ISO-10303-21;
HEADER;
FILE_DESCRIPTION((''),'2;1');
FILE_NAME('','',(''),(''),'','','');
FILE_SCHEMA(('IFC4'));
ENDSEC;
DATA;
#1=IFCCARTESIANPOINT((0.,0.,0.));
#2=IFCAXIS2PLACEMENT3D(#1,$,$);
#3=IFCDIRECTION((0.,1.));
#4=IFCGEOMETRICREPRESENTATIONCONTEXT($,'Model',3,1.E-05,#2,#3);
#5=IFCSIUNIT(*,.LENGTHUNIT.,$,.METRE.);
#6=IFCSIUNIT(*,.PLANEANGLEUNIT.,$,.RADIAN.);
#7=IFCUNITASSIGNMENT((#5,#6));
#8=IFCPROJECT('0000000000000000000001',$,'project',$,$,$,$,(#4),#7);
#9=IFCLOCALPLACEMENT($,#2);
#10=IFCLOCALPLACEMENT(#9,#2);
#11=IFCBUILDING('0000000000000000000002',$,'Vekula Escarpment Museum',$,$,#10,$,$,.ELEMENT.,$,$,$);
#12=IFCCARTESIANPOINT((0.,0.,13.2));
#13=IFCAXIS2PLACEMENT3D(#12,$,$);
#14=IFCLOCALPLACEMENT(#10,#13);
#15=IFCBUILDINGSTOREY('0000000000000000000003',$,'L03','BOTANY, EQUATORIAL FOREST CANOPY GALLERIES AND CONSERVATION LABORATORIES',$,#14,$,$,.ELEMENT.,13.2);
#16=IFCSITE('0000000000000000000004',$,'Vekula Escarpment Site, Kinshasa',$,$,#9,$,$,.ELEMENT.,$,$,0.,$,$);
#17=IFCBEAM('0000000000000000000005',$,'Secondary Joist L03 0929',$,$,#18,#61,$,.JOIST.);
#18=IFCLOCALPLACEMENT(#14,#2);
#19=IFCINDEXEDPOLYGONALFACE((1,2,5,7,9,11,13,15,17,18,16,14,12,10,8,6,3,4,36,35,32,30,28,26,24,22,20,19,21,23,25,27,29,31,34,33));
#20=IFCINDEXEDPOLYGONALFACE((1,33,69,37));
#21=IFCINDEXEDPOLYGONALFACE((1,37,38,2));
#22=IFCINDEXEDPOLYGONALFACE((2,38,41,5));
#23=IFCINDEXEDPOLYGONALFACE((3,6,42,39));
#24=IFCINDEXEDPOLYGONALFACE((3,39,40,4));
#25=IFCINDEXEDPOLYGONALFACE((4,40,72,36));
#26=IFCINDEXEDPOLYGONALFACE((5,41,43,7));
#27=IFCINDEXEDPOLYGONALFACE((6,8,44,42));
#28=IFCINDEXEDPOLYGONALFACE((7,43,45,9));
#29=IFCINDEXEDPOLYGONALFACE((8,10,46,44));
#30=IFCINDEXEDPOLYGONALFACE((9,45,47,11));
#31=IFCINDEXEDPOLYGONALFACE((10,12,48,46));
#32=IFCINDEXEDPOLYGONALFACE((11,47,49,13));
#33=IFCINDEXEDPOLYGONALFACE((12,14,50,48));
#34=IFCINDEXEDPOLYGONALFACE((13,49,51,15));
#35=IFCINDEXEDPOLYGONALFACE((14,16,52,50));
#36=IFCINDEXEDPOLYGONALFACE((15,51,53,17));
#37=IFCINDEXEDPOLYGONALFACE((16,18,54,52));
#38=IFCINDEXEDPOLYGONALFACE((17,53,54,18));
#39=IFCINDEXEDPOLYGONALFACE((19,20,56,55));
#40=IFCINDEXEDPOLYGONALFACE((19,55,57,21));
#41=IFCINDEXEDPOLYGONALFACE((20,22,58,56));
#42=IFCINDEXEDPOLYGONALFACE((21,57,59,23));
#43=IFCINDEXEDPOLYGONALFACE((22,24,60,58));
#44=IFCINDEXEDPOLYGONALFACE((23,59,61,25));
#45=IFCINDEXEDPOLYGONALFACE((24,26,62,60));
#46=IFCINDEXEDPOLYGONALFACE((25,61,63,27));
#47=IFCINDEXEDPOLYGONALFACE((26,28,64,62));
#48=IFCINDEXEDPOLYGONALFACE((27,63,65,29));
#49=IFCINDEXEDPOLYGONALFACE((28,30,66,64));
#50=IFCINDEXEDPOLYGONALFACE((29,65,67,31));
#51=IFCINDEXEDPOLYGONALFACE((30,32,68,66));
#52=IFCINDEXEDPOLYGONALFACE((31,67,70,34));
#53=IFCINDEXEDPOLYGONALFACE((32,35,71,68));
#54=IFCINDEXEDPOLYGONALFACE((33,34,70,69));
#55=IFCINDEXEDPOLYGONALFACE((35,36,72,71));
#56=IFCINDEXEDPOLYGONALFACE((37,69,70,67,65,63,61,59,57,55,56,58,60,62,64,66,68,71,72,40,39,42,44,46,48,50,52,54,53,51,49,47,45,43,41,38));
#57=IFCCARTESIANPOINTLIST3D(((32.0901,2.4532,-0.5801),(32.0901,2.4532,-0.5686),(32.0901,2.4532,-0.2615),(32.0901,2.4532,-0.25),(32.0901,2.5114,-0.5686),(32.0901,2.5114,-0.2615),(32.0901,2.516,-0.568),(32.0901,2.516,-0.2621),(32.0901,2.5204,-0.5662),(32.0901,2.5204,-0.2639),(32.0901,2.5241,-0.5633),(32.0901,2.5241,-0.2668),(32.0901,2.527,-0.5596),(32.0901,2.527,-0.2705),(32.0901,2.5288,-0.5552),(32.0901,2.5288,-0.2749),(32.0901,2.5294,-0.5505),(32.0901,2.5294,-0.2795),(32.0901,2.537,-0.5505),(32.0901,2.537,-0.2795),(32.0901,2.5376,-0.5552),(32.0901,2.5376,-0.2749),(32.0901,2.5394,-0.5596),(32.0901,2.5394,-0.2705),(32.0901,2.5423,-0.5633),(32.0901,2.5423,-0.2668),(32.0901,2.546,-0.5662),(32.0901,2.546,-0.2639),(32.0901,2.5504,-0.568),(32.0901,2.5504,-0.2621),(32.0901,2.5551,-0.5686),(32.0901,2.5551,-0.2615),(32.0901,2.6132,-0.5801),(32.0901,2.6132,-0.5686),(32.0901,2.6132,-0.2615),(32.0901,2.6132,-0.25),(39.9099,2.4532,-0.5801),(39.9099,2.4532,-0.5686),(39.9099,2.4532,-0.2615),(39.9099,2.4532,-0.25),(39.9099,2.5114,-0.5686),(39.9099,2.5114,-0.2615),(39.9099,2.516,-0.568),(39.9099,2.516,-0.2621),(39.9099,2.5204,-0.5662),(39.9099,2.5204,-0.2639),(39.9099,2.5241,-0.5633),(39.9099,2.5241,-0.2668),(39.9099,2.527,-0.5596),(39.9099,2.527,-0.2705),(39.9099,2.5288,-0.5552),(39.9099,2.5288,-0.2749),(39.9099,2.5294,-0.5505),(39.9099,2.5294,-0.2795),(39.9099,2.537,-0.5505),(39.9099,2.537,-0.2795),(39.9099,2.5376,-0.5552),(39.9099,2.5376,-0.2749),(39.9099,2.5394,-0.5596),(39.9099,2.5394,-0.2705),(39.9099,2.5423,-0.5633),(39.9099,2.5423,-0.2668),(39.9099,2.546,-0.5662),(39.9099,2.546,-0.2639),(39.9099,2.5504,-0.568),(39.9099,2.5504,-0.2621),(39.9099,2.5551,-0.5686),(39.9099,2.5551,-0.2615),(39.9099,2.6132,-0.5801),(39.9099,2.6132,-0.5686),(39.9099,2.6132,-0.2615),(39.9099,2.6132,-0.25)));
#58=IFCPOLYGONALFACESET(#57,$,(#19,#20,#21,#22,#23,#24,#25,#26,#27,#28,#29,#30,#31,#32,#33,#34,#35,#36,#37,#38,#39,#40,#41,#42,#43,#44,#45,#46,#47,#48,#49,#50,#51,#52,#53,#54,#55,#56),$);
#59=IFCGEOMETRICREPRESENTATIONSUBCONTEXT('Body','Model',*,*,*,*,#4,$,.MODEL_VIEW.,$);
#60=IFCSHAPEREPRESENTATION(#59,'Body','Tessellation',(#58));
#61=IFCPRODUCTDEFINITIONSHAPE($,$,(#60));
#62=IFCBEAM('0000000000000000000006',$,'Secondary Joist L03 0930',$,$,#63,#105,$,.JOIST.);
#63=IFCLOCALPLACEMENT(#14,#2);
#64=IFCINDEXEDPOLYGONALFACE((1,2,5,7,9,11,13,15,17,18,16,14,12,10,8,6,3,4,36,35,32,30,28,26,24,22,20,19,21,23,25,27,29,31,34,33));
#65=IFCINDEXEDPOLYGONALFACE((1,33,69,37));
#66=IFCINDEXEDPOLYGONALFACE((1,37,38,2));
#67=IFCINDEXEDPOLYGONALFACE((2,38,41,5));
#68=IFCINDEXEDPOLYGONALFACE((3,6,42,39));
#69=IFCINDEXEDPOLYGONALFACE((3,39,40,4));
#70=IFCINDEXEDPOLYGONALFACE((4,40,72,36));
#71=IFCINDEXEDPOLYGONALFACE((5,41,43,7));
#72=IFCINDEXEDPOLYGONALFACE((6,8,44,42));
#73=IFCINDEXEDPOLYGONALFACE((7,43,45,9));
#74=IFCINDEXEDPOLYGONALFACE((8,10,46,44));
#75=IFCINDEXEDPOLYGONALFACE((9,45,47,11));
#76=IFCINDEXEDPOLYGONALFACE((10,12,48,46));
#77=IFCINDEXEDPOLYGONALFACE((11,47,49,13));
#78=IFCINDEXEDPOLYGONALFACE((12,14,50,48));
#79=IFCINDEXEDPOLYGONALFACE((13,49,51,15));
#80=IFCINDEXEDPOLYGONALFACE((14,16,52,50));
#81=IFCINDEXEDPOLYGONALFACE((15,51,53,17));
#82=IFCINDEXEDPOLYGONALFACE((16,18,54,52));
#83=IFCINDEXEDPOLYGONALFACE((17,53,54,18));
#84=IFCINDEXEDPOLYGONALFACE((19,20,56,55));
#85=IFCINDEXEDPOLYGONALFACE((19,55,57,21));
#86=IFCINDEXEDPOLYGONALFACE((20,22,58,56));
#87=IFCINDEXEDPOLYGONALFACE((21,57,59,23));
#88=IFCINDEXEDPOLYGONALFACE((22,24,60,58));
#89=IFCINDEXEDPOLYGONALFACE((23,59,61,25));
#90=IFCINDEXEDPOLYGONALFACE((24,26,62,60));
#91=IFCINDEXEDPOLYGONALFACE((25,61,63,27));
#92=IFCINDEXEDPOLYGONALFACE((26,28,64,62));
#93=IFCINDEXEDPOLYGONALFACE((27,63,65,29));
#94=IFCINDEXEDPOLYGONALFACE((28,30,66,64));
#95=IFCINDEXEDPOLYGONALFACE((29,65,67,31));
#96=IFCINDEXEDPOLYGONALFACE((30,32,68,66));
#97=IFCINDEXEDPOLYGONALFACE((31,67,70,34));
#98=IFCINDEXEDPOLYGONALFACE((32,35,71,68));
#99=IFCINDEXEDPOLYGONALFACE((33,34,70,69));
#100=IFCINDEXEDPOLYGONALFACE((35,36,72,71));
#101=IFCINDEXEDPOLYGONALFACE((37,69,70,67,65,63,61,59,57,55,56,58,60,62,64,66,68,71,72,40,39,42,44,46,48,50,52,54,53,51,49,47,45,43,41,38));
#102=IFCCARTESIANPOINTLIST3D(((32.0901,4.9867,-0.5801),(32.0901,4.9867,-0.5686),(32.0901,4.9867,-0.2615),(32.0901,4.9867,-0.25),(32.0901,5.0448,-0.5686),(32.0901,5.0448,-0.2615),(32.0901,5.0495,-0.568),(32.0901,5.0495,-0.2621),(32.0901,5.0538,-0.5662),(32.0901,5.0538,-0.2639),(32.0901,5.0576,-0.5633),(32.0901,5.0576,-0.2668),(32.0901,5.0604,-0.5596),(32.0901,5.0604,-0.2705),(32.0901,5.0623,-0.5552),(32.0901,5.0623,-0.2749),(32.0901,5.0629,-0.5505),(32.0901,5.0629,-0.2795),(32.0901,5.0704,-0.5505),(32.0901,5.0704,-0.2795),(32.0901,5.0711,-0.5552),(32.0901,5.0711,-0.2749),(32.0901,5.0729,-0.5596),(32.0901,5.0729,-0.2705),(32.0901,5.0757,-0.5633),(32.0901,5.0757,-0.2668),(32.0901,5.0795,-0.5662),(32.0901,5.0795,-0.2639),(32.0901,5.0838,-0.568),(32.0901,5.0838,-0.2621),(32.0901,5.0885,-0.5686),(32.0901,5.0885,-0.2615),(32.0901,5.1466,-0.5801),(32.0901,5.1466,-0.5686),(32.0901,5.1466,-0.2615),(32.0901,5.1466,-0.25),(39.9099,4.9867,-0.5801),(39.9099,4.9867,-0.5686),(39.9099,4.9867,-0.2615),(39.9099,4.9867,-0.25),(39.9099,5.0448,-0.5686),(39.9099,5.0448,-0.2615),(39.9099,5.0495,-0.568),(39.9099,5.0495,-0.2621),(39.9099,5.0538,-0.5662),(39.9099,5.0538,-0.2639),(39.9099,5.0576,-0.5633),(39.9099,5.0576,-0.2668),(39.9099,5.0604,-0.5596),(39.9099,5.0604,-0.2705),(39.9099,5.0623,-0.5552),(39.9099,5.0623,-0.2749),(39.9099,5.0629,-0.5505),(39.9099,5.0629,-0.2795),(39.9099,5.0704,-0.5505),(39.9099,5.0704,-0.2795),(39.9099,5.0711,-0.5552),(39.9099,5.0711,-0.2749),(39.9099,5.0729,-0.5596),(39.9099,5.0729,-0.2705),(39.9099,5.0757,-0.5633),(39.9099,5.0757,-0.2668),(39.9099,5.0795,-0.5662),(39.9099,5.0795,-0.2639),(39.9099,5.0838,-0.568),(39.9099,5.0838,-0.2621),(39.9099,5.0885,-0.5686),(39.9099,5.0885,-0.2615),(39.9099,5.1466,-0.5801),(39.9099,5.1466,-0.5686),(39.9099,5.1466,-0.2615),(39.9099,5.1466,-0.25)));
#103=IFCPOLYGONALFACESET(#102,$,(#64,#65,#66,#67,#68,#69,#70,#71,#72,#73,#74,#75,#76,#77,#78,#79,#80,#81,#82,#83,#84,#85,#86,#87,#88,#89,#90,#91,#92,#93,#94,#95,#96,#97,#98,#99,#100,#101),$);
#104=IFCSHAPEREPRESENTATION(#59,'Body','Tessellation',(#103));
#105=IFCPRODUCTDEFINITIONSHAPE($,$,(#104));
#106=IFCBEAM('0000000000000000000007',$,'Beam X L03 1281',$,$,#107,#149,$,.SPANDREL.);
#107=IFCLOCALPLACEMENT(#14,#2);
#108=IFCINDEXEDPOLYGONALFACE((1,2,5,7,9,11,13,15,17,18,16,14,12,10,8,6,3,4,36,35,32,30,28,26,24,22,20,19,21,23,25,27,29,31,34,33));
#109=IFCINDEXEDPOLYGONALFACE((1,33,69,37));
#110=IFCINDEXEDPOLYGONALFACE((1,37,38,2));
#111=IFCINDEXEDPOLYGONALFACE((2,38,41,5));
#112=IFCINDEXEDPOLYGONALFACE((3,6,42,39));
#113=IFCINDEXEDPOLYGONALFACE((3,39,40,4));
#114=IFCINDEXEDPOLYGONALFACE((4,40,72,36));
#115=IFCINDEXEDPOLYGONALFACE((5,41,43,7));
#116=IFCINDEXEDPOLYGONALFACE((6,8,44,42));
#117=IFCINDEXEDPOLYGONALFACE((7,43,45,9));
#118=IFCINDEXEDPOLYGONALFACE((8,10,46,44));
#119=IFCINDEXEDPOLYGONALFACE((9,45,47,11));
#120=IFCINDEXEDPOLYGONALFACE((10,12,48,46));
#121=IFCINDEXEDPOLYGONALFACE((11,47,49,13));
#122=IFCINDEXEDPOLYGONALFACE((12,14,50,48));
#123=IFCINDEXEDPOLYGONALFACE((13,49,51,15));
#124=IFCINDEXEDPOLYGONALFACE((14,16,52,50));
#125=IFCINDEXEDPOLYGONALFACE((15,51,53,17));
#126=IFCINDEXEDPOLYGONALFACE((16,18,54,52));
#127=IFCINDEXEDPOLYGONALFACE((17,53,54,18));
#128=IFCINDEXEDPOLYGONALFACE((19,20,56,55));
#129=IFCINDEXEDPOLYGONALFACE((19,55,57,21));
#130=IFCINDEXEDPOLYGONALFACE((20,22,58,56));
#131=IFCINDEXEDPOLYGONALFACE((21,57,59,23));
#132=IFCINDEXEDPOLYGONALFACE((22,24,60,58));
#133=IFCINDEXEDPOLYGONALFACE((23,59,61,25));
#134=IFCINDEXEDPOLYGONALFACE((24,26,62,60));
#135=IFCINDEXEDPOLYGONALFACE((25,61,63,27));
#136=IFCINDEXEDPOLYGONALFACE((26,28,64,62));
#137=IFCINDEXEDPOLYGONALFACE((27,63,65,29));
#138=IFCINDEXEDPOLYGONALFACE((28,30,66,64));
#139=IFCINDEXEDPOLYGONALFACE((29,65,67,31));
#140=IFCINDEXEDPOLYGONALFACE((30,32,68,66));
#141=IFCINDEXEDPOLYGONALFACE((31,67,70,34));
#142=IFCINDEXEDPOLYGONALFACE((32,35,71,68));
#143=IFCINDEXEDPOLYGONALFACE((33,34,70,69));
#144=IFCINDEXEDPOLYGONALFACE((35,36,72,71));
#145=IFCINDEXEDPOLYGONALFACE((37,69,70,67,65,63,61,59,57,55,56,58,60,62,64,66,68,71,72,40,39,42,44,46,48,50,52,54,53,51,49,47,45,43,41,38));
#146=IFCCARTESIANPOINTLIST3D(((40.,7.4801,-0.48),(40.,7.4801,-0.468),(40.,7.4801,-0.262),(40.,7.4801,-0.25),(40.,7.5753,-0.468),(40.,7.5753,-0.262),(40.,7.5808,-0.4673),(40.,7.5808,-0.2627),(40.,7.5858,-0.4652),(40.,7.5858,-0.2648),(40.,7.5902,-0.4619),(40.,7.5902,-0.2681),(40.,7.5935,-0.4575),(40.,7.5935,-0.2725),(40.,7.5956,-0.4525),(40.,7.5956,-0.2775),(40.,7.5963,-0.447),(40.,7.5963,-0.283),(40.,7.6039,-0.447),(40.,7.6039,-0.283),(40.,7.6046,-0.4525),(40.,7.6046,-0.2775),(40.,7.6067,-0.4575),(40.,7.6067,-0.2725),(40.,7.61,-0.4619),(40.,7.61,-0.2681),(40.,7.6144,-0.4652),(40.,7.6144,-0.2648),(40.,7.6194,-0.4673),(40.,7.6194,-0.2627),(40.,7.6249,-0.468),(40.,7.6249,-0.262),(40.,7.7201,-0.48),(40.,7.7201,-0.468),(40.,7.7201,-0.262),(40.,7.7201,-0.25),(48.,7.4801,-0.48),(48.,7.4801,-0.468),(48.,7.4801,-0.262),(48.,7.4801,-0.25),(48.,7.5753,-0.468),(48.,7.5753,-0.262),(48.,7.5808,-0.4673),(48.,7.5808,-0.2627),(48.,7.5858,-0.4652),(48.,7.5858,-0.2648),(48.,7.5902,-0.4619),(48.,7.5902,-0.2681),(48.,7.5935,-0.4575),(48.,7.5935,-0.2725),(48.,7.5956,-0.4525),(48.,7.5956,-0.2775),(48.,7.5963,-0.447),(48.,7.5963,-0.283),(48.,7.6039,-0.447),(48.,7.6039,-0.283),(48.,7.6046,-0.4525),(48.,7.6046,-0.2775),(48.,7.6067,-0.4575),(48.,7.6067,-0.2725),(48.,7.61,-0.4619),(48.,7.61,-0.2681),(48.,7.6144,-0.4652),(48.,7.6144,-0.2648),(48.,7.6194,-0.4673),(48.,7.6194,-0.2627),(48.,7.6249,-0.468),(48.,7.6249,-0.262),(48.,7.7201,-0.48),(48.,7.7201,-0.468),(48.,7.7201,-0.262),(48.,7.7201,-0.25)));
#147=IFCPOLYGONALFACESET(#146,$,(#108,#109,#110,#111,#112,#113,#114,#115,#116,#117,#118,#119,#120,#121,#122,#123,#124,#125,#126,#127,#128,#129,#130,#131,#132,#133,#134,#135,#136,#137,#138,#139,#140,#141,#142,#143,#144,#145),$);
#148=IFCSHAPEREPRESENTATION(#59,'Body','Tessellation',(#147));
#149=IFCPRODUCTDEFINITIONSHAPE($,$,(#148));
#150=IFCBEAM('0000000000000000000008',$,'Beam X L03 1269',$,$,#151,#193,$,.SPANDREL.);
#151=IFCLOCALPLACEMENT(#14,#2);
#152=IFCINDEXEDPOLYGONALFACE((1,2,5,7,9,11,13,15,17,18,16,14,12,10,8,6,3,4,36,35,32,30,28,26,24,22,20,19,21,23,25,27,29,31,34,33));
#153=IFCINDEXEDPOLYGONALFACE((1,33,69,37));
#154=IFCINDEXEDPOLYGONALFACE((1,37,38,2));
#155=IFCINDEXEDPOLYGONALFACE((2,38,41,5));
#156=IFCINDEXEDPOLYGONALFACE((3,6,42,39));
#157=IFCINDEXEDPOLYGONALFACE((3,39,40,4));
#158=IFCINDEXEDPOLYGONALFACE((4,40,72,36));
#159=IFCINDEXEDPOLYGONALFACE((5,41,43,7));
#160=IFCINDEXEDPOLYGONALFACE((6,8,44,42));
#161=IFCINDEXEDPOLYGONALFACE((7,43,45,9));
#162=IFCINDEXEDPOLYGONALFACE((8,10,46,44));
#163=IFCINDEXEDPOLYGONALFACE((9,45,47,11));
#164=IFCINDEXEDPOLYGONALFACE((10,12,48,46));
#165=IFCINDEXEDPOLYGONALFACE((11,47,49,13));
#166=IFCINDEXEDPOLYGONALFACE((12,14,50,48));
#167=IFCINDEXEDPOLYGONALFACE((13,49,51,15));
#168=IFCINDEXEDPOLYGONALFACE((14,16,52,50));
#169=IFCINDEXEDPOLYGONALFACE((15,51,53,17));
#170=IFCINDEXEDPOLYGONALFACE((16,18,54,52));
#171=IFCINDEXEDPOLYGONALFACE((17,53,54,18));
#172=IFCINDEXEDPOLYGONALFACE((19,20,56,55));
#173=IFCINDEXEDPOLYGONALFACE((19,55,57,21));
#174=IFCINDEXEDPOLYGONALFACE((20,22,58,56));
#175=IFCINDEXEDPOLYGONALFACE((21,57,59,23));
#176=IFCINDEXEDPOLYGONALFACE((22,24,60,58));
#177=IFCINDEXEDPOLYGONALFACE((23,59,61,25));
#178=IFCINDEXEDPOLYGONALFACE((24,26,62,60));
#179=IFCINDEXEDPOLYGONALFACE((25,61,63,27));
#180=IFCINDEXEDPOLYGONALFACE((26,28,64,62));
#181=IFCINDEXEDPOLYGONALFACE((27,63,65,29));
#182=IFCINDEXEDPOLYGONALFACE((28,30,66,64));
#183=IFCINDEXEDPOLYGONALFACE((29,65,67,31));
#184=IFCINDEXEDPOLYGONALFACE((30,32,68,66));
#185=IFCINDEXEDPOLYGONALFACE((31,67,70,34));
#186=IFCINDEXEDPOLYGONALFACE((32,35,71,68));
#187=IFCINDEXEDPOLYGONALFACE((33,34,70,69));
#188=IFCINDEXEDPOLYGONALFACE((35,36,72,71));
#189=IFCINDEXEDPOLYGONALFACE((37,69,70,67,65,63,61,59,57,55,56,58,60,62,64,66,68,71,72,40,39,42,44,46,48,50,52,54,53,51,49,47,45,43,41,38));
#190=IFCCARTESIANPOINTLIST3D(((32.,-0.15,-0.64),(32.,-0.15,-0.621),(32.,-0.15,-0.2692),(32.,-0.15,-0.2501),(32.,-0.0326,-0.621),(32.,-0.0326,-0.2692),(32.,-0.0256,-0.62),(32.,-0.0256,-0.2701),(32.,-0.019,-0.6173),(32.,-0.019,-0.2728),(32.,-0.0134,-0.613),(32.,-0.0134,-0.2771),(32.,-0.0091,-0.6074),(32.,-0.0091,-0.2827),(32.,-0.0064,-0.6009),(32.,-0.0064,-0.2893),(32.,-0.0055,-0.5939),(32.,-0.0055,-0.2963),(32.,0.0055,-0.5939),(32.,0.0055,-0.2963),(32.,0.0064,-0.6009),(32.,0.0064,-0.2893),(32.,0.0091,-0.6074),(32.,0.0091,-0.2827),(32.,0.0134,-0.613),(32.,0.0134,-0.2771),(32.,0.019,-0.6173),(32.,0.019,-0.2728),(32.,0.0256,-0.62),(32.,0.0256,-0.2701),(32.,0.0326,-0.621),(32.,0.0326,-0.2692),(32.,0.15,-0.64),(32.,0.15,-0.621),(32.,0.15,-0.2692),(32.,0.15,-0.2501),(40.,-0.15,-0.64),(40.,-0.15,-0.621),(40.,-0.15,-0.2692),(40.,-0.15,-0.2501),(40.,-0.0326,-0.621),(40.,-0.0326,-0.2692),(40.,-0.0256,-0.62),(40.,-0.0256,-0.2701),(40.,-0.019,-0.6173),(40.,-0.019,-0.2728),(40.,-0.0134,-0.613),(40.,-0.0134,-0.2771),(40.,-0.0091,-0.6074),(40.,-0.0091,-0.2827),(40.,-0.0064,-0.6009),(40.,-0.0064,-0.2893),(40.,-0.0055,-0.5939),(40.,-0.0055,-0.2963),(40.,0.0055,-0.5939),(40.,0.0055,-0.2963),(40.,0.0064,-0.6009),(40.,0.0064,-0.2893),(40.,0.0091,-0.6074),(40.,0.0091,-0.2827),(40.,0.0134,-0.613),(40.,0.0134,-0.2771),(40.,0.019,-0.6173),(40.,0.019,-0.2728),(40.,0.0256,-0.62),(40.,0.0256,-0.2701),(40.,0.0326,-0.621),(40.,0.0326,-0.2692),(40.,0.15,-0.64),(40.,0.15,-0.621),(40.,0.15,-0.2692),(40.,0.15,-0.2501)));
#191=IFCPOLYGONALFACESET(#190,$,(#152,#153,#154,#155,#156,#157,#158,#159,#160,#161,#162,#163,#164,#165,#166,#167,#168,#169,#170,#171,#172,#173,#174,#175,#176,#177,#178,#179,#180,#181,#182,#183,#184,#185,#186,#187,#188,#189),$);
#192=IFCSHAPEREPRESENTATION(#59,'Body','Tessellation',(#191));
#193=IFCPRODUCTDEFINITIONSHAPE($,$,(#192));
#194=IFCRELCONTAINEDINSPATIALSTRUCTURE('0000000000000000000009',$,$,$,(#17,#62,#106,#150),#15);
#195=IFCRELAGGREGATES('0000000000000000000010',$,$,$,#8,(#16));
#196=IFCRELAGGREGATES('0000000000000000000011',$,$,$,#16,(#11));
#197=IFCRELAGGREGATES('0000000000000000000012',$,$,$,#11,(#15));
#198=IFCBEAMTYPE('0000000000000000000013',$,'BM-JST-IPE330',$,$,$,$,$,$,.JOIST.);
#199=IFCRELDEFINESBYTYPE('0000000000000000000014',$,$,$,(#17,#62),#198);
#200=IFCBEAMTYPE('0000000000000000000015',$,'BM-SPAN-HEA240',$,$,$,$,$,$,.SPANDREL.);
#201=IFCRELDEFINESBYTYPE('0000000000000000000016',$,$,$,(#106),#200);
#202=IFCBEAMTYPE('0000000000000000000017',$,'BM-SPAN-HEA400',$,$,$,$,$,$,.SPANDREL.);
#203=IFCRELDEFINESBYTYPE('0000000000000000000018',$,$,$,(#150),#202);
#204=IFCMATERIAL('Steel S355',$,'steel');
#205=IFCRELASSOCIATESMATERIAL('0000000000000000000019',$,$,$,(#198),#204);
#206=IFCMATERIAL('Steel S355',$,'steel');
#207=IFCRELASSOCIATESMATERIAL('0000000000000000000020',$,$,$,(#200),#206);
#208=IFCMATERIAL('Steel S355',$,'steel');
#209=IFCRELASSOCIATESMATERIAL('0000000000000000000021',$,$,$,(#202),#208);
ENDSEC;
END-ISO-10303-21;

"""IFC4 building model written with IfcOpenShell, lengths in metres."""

from ifc_helpers import new_model, si_unit, direction, frame, origin, origin_2d, place, context, subcontext, project, spatial, i_section, extrude, material, material_profile, profile_set, type_object, element, save


model = new_model("IFC4")

# Units and contexts
model_context = context("Model", 3, precision=1e-05, world=origin(), true_north=direction((0.0, 1.0)))
body_context = subcontext(model_context, "Body", "Model", "MODEL_VIEW")
ifc_project = project(units=[si_unit("LENGTHUNIT", "METRE"), si_unit("PLANEANGLEUNIT", "RADIAN")], contexts=[model_context])

# Site, building, storey
site_placement = place(None, origin())
site = spatial("IfcSite", under=ifc_project, at=site_placement, Name="Vekula Escarpment Site, Kinshasa", CompositionType="ELEMENT", RefElevation=0.0)
building_placement = place(site_placement, origin())
building = spatial("IfcBuilding", under=site, at=building_placement, Name="Vekula Escarpment Museum", CompositionType="ELEMENT")
storey_placement = place(building_placement, frame((0.0, 0.0, 13.2)))
storey = spatial("IfcBuildingStorey", under=building, at=storey_placement, Name="L03", Description="BOTANY, EQUATORIAL FOREST CANOPY GALLERIES AND CONSERVATION LABORATORIES", CompositionType="ELEMENT", Elevation=13.2)

# Beams
ifc_material_1 = material(Name="Steel S355", Category="steel")
ifc_material_profile_1 = material_profile(ifc_material_1, i_section(OverallWidth=0.1599, OverallDepth=0.3301, WebThickness=0.0076, FlangeThickness=0.0115, FilletRadius=0.0181, at=origin_2d()), Name="IPE 330")
ifc_profile_set_1 = profile_set([ifc_material_profile_1], Name="Steel S355")
beam_type_1 = type_object("IfcBeamType", Name="BM-JST-IPE330", PredefinedType="JOIST", material=ifc_profile_set_1)
for number, where, z_axis, x_axis, name in (
    (1, (32.0901, 2.5332, -0.415), (1.0, 0.0, 0.0), (0.0, 1.0, 0.0), "Secondary Joist L03 0929"),
    (2, (32.0901, 5.0667, -0.415), (1.0, 0.0, 0.0), (0.0, 1.0, 0.0), "Secondary Joist L03 0930"),
):
    element("IfcBeam", number, at=place(storey_placement, frame(where, z_axis=z_axis, x_axis=x_axis)), inside=storey, type_object=beam_type_1, Name=name, PredefinedType="JOIST", context=body_context, shape_type="SweptSolid", body=[
        extrude(i_section(OverallWidth=0.1599, OverallDepth=0.3301, WebThickness=0.0076, FlangeThickness=0.0115, FilletRadius=0.0181, at=origin_2d()), origin(), (0.0, 0.0, 1.0), 7.8198),
    ])
ifc_material_2 = material(Name="Steel S355", Category="steel")
ifc_material_profile_2 = material_profile(ifc_material_2, i_section(OverallWidth=0.24, OverallDepth=0.23, WebThickness=0.0076, FlangeThickness=0.012, FilletRadius=0.021, at=origin_2d()), Name="HEA 240")
ifc_profile_set_2 = profile_set([ifc_material_profile_2], Name="Steel S355")
beam_type_2 = type_object("IfcBeamType", Name="BM-SPAN-HEA240", PredefinedType="SPANDREL", material=ifc_profile_set_2)
beam_1_placement = place(storey_placement, frame((40.0, 7.6001, -0.365), z_axis=(1.0, 0.0, 0.0), x_axis=(0.0, 1.0, 0.0)))
element("IfcBeam", 3, at=beam_1_placement, inside=storey, type_object=beam_type_2, Name="Beam X L03 1281", PredefinedType="SPANDREL", context=body_context, shape_type="SweptSolid", body=[
    extrude(i_section(OverallWidth=0.24, OverallDepth=0.23, WebThickness=0.0076, FlangeThickness=0.012, FilletRadius=0.021, at=origin_2d()), origin(), (0.0, 0.0, 1.0), 8.0),
])
ifc_material_3 = material(Name="Steel S355", Category="steel")
ifc_material_profile_3 = material_profile(ifc_material_3, i_section(OverallWidth=0.3, OverallDepth=0.3899, WebThickness=0.011, FlangeThickness=0.019, FilletRadius=0.0271, at=origin_2d()), Name="HEA 400")
ifc_profile_set_3 = profile_set([ifc_material_profile_3], Name="Steel S355")
beam_type_3 = type_object("IfcBeamType", Name="BM-SPAN-HEA400", PredefinedType="SPANDREL", material=ifc_profile_set_3)
for number, where, z_axis, x_axis, name in (
    (4, (32.0, 0.0, -0.4451), (1.0, 0.0, 0.0), (0.0, 1.0, 0.0), "Beam X L03 1269"),
):
    element("IfcBeam", number, at=place(storey_placement, frame(where, z_axis=z_axis, x_axis=x_axis)), inside=storey, type_object=beam_type_3, Name=name, PredefinedType="SPANDREL", context=body_context, shape_type="SweptSolid", body=[
        extrude(i_section(OverallWidth=0.3, OverallDepth=0.3899, WebThickness=0.011, FlangeThickness=0.019, FilletRadius=0.0271, at=origin_2d()), origin(), (0.0, 0.0, 1.0), 8.0),
    ])

save(model, "model.ifc")
